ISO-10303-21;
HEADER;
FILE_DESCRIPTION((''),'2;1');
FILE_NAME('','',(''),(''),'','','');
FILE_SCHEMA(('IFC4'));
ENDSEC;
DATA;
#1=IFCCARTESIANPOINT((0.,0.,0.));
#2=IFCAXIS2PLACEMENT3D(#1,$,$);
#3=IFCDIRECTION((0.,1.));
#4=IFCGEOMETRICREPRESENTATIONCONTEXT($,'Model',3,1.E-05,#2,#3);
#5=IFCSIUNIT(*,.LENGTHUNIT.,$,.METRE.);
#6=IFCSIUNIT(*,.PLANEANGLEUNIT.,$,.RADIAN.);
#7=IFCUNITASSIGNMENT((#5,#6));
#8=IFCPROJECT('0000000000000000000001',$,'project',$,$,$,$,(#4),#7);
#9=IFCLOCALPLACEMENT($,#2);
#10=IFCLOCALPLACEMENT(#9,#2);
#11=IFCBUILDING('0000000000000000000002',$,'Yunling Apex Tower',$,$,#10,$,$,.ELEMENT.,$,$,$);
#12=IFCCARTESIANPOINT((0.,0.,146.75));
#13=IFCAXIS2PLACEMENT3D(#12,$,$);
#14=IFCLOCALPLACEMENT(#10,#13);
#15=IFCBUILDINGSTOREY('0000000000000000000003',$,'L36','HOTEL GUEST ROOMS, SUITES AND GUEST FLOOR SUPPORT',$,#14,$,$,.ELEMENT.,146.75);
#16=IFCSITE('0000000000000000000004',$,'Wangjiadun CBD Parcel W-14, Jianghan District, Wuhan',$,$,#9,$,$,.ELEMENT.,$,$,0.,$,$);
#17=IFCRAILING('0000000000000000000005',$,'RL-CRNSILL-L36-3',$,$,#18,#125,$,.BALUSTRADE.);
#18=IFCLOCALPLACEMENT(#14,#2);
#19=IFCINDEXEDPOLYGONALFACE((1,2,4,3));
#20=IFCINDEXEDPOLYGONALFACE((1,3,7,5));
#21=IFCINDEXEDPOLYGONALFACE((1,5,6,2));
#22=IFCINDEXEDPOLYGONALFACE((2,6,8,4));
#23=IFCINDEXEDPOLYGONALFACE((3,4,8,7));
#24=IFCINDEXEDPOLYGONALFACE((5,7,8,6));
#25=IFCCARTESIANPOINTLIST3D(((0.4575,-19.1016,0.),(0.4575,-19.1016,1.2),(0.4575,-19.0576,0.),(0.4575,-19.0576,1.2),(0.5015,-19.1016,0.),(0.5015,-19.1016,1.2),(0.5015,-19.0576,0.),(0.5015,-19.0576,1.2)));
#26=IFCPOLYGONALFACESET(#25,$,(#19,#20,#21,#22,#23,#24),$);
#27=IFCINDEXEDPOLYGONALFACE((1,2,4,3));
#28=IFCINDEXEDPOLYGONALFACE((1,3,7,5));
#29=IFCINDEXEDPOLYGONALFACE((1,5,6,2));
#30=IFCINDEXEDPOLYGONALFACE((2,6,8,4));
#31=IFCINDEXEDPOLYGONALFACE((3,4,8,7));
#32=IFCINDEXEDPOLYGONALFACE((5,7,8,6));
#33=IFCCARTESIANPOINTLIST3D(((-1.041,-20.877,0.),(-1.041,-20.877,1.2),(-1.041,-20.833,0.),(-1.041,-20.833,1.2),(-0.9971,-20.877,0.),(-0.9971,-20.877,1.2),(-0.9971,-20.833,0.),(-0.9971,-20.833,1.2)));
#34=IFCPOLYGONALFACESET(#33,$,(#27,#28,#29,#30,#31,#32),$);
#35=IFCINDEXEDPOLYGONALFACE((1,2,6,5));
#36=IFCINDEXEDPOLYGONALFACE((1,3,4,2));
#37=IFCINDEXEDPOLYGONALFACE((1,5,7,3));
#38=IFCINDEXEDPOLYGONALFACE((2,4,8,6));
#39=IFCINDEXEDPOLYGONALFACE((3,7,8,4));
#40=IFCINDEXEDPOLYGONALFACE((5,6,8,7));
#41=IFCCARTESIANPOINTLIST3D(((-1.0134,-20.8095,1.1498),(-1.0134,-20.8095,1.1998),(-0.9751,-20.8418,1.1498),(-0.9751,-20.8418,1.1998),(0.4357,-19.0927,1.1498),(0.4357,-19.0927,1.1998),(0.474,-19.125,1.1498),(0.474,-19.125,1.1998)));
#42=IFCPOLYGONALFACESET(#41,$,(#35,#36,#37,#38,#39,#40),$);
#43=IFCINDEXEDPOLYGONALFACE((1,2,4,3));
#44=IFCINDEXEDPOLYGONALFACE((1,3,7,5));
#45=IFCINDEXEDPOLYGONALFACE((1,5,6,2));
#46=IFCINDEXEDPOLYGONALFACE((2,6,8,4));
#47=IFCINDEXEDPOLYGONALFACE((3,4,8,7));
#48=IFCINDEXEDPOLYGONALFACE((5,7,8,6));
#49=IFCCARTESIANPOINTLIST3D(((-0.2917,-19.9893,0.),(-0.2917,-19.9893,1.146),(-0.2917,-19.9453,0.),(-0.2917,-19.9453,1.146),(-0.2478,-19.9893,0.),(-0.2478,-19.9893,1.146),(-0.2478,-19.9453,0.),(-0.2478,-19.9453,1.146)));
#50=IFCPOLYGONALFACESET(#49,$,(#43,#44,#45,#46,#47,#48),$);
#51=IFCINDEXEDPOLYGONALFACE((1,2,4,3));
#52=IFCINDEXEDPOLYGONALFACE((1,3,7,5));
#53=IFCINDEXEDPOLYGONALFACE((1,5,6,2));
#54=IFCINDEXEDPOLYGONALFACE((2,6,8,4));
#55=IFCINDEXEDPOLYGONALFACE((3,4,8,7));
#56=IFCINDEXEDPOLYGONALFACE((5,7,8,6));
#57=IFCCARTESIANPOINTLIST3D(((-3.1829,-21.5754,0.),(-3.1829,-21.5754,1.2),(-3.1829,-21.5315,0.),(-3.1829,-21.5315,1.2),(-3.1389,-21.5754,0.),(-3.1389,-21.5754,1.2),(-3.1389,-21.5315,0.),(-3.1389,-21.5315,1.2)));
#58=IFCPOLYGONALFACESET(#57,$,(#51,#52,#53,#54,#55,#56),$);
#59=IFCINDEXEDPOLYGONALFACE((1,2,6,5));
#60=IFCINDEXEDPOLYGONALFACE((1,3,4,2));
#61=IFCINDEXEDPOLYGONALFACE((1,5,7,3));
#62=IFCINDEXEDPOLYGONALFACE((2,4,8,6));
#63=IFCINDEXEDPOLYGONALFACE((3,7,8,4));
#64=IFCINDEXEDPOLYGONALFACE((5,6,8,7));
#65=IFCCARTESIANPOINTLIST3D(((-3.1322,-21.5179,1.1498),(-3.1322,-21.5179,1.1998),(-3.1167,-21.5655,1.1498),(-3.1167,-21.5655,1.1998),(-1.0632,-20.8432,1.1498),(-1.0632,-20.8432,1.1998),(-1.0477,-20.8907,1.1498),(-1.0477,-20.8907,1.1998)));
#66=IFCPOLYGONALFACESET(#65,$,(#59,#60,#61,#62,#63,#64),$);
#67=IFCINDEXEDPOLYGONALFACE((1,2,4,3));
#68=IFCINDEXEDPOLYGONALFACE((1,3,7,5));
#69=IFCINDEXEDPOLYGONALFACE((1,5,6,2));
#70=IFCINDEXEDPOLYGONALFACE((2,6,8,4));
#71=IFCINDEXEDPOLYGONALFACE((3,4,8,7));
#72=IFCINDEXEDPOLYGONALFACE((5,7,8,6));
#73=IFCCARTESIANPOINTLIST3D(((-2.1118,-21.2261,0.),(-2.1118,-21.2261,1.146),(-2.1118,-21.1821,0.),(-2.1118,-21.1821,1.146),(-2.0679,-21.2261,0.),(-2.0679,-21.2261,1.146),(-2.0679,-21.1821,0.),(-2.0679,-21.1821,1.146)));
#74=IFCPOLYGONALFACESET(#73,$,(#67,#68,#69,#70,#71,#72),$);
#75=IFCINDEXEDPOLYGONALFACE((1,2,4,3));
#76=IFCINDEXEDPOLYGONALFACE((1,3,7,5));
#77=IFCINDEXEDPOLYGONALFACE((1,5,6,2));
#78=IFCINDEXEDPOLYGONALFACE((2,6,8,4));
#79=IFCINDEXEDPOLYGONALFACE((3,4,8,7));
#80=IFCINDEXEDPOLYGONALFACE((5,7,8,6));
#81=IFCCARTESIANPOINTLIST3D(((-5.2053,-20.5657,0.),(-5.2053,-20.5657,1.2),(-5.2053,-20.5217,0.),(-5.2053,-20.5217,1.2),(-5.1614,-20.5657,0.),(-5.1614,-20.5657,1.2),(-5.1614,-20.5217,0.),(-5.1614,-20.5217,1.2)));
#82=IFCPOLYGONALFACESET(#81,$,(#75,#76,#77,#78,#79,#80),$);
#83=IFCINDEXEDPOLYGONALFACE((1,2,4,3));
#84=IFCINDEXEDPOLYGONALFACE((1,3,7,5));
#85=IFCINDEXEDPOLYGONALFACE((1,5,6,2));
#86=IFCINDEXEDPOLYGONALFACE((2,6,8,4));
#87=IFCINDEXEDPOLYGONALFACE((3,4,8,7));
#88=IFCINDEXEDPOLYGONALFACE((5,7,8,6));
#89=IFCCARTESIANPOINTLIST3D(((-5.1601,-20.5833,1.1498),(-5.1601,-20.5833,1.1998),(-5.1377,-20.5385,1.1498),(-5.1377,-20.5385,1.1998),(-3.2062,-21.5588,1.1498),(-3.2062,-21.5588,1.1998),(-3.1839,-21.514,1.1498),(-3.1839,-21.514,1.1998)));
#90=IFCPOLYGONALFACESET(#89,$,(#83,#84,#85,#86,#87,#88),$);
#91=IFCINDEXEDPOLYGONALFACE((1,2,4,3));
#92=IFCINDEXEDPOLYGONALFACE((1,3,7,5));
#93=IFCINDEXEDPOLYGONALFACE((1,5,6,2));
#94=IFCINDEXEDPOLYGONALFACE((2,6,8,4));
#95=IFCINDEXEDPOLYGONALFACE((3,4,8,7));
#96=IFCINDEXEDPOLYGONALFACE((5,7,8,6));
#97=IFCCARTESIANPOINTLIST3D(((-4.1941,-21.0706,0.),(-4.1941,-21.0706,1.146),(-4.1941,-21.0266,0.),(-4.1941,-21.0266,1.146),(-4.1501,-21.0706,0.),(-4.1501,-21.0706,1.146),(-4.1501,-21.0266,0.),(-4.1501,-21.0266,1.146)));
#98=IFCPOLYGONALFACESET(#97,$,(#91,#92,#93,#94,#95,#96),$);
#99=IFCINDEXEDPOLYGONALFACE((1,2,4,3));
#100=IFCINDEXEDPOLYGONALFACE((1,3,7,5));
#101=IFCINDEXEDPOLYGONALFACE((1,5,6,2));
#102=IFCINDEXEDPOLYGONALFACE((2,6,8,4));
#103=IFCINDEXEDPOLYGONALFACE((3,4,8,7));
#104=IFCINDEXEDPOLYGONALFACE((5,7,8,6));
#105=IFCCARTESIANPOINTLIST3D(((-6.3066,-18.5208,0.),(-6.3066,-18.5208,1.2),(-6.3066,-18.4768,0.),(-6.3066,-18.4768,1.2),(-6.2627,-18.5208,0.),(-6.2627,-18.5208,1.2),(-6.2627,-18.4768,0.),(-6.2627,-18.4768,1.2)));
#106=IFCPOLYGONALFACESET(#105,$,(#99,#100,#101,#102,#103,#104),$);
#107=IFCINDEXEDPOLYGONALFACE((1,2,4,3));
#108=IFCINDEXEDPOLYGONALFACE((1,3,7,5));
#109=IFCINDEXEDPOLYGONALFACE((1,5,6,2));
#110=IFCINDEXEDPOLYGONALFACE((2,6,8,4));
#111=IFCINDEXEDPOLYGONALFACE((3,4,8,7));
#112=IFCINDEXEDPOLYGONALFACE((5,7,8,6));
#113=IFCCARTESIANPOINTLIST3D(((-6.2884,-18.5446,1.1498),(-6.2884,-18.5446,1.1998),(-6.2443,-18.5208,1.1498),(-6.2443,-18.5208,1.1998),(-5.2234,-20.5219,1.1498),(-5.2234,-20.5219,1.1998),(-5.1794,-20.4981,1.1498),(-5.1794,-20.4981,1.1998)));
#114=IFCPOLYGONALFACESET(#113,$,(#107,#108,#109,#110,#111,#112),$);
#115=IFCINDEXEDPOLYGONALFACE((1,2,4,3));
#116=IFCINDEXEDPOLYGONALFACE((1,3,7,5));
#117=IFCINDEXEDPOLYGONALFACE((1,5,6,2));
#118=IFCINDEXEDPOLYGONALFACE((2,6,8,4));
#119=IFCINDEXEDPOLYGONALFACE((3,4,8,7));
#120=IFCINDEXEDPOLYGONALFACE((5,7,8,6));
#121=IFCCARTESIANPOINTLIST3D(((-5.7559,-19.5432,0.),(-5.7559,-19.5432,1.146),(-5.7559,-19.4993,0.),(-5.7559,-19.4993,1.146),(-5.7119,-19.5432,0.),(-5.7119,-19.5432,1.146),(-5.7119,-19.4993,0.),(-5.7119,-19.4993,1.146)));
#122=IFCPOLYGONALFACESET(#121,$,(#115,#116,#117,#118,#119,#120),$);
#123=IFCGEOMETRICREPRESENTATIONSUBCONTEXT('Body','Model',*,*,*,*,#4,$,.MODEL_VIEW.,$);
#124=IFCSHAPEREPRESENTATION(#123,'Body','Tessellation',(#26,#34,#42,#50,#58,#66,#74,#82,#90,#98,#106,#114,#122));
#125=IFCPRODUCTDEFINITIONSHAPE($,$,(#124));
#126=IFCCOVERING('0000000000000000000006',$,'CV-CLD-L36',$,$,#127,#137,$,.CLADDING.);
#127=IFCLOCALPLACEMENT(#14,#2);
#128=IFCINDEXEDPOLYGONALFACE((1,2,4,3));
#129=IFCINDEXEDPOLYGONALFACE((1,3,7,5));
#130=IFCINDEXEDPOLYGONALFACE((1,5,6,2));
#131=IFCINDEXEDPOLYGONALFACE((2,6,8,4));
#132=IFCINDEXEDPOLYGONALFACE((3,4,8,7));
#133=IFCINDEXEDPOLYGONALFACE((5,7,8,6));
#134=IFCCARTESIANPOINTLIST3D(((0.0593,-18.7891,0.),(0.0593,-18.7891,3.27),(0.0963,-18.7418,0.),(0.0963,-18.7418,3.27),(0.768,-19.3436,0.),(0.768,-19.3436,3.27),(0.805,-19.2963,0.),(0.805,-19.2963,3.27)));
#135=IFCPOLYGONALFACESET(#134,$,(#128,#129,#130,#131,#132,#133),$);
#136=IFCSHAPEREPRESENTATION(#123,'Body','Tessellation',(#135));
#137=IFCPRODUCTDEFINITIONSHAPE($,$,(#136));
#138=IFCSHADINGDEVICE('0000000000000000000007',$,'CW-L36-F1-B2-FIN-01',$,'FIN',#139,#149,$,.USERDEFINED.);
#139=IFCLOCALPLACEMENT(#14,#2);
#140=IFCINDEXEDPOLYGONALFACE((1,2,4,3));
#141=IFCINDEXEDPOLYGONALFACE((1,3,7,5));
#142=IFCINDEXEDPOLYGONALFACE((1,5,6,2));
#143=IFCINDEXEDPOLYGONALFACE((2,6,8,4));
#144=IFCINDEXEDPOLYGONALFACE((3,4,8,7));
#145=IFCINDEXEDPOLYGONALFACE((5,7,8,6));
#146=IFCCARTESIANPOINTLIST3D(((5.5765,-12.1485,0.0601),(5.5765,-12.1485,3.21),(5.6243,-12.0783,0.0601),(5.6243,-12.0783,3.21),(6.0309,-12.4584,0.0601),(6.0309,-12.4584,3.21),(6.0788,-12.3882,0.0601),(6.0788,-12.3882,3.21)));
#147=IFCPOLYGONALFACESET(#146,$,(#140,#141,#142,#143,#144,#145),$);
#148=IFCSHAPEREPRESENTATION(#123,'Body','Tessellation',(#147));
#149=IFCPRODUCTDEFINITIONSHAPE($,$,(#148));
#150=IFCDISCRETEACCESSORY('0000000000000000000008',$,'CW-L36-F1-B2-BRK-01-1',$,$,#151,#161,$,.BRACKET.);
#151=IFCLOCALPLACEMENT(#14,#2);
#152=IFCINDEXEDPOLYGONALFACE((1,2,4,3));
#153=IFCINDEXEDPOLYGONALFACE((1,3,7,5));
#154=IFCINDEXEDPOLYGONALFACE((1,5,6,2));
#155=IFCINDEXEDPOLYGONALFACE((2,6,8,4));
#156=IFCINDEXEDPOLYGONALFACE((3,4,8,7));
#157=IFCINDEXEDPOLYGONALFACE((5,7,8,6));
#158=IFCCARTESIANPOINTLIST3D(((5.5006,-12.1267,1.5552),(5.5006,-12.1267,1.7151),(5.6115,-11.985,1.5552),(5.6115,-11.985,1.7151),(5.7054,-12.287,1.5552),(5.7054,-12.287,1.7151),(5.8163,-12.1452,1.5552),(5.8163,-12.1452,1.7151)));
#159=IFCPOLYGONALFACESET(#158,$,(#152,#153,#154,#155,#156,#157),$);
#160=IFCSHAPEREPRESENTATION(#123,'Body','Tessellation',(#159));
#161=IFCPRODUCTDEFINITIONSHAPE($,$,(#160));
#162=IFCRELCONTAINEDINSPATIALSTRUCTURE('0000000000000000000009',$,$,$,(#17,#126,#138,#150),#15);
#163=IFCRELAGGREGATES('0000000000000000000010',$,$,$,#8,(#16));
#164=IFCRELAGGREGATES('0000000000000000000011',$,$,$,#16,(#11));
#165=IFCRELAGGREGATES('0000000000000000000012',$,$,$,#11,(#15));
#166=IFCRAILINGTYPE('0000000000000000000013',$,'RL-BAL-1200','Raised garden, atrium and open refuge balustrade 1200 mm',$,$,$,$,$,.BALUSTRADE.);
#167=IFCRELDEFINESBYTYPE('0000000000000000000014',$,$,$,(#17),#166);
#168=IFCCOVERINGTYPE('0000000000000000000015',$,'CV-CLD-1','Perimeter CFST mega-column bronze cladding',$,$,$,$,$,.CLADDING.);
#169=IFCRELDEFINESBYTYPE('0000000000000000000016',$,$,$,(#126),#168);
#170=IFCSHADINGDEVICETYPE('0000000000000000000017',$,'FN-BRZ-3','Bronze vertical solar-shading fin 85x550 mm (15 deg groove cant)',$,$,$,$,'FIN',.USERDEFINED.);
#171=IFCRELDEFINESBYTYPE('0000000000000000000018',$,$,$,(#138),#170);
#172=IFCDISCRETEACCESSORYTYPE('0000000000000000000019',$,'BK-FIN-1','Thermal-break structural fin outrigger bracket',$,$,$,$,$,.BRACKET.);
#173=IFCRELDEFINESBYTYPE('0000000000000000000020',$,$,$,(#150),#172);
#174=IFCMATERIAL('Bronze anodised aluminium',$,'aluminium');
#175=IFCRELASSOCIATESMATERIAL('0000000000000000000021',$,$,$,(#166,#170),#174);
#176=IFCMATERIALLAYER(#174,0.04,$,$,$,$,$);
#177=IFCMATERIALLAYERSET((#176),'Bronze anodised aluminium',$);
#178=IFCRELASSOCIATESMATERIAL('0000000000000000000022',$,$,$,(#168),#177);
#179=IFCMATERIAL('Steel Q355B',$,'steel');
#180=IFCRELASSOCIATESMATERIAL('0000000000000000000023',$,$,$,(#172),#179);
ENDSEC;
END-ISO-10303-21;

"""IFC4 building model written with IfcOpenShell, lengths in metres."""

from ifc_helpers import new_model, si_unit, direction, frame, origin, origin_2d, place, context, subcontext, project, spatial, rectangle, extrude, source, transform, mapped, material, layer, layer_set, material_profile, profile_set, type_object, element, save


model = new_model("IFC4")

# Units and contexts
model_context = context("Model", 3, precision=1e-05, world=origin(), true_north=direction((0.0, 1.0)))
body_context = subcontext(model_context, "Body", "Model", "MODEL_VIEW")
ifc_project = project(units=[si_unit("LENGTHUNIT", "METRE"), si_unit("PLANEANGLEUNIT", "RADIAN")], contexts=[model_context])

# Site, building, storey
site_placement = place(None, origin())
site = spatial("IfcSite", under=ifc_project, at=site_placement, Name="Wangjiadun CBD Parcel W-14, Jianghan District, Wuhan", CompositionType="ELEMENT", RefElevation=0.0)
building_placement = place(site_placement, origin())
building = spatial("IfcBuilding", under=site, at=building_placement, Name="Yunling Apex Tower", CompositionType="ELEMENT")
storey_placement = place(building_placement, frame((0.0, 0.0, 146.75)))
storey = spatial("IfcBuildingStorey", under=building, at=storey_placement, Name="L36", Description="HOTEL GUEST ROOMS, SUITES AND GUEST FLOOR SUPPORT", CompositionType="ELEMENT", Elevation=146.75)

# Shared definitions
ifc_material_1 = material(Name="Steel Q355B", Category="steel")

# Shared definitions
ifc_material_2 = material(Name="Bronze anodised aluminium", Category="aluminium")

# Railing
railing_type = type_object("IfcRailingType", Name="RL-BAL-1200", Description="Raised garden, atrium and open refuge balustrade 1200 mm", PredefinedType="BALUSTRADE", material=ifc_material_2)
railing_placement = place(storey_placement, frame((0.4795, -19.0796, 0.0)))
element("IfcRailing", 1, at=railing_placement, inside=storey, type_object=railing_type, Name="RL-CRNSILL-L36-3", PredefinedType="BALUSTRADE", context=body_context, shape_type="SweptSolid", body=[
    extrude(rectangle(XDim=0.0439, YDim=0.0439, at=origin_2d()), origin(), (0.0, 0.0, 1.0), 1.2),
    extrude(rectangle(XDim=0.0439, YDim=0.0439, at=origin_2d()), frame((-1.4985, -1.7754, 0.0)), (0.0, 0.0, 1.0), 1.2),
    extrude(rectangle(XDim=0.05, YDim=0.05, at=origin_2d()), frame((-0.0247, -0.0293, 1.1748), z_axis=(-0.645009, -0.764175, 0.0), x_axis=(0.764175, -0.645009, 0.0)), (0.0, 0.0, 1.0), 2.2466),
    extrude(rectangle(XDim=0.0439, YDim=0.0439, at=origin_2d()), frame((-0.7493, -0.8877, 0.0)), (0.0, 0.0, 1.0), 1.146),
    extrude(rectangle(XDim=0.0439, YDim=0.0439, at=origin_2d()), frame((-3.6404, -2.4739, 0.0)), (0.0, 0.0, 1.0), 1.2),
    extrude(rectangle(XDim=0.05, YDim=0.05, at=origin_2d()), frame((-1.5349, -1.7874, 1.1748), z_axis=(-0.950722, -0.310044, 0.0), x_axis=(0.310044, -0.950722, 0.0)), (0.0, 0.0, 1.0), 2.1763),
    extrude(rectangle(XDim=0.0439, YDim=0.0439, at=origin_2d()), frame((-2.5693, -2.1245, 0.0)), (0.0, 0.0, 1.0), 1.146),
    extrude(rectangle(XDim=0.0439, YDim=0.0439, at=origin_2d()), frame((-5.6628, -1.4641, 0.0)), (0.0, 0.0, 1.0), 1.2),
    extrude(rectangle(XDim=0.05, YDim=0.05, at=origin_2d()), frame((-3.6746, -2.4568, 1.1748), z_axis=(-0.894686, 0.446695, 0.0), x_axis=(-0.446695, -0.894686, 0.0)), (0.0, 0.0, 1.0), 2.1838),
    extrude(rectangle(XDim=0.0439, YDim=0.0439, at=origin_2d()), frame((-4.6516, -1.969, 0.0)), (0.0, 0.0, 1.0), 1.146),
    extrude(rectangle(XDim=0.0439, YDim=0.0439, at=origin_2d()), frame((-6.7642, 0.5808, 0.0)), (0.0, 0.0, 1.0), 1.2),
    extrude(rectangle(XDim=0.05, YDim=0.05, at=origin_2d()), frame((-5.6809, -1.4304, 1.1748), z_axis=(-0.474169, 0.880434, 0.0), x_axis=(-0.880434, -0.474169, 0.0)), (0.0, 0.0, 1.0), 2.2458),
    extrude(rectangle(XDim=0.0439, YDim=0.0439, at=origin_2d()), frame((-6.2134, -0.4417, 0.0)), (0.0, 0.0, 1.0), 1.146),
])

# Covering
ifc_layer_1 = layer(ifc_material_2, 0.04)
ifc_layer_set_1 = layer_set([ifc_layer_1], Name="Bronze anodised aluminium")
covering_type = type_object("IfcCoveringType", Name="CV-CLD-1", Description="Perimeter CFST mega-column bronze cladding", PredefinedType="CLADDING", material=ifc_layer_set_1)
shared_shape_1 = source(origin(), body_context, "Body", "SweptSolid", [
    extrude(rectangle(XDim=0.0601, YDim=0.8999, at=origin_2d()), origin(), (0.0, 0.0, 1.0), 3.27),
])
covering_placement = place(storey_placement, frame((0.4321, -19.0427, 0.0), z_axis=(0.0, 0.0, 1.0), x_axis=(0.616211, 0.787581, 0.0)))
element("IfcCovering", 2, at=covering_placement, inside=storey, type_object=covering_type, Name="CV-CLD-L36", PredefinedType="CLADDING", context=body_context, shape_type="MappedRepresentation", body=[
    mapped(shared_shape_1, transform((0.0, 0.0, 0.0), scale=1.0)),
])

# Shading device
ifc_material_profile_1 = material_profile(ifc_material_2, rectangle(XDim=0.085, YDim=0.55, at=origin_2d()))
ifc_profile_set_1 = profile_set([ifc_material_profile_1], Name="Bronze anodised aluminium")
shading_device_type = type_object("IfcShadingDeviceType", Name="FN-BRZ-3", Description="Bronze vertical solar-shading fin 85x550 mm (15 deg groove cant)", ElementType="FIN", PredefinedType="USERDEFINED", material=ifc_profile_set_1)
shared_shape_2 = source(origin(), body_context, "Body", "SweptSolid", [
    extrude(rectangle(XDim=0.085, YDim=0.55, at=origin_2d()), origin(), (0.0, 0.0, 1.0), 3.1499),
])
shading_device_placement = place(storey_placement, frame((5.8276, -12.2683, 0.0601), z_axis=(0.0, 0.0, 1.0), x_axis=(0.563382, 0.826197, 0.0)))
element("IfcShadingDevice", 3, at=shading_device_placement, inside=storey, type_object=shading_device_type, Name="CW-L36-F1-B2-FIN-01", ObjectType="FIN", PredefinedType="USERDEFINED", context=body_context, shape_type="MappedRepresentation", body=[
    mapped(shared_shape_2, transform((0.0, 0.0, 0.0), scale=1.0)),
])

# Discrete accessory
discrete_accessory_type = type_object("IfcDiscreteAccessoryType", Name="BK-FIN-1", Description="Thermal-break structural fin outrigger bracket", PredefinedType="BRACKET", material=ifc_material_1)
shared_shape_3 = source(origin(), body_context, "Body", "SweptSolid", [
    extrude(rectangle(XDim=0.1799, YDim=0.26, at=origin_2d()), origin(), (0.0, 0.0, 1.0), 0.1599),
])
discrete_accessory_placement = place(storey_placement, frame((5.6584, -12.136, 1.5552), z_axis=(0.0, 0.0, 1.0), x_axis=(0.616211, 0.787581, 0.0)))
element("IfcDiscreteAccessory", 4, at=discrete_accessory_placement, inside=storey, type_object=discrete_accessory_type, Name="CW-L36-F1-B2-BRK-01-1", PredefinedType="BRACKET", context=body_context, shape_type="MappedRepresentation", body=[
    mapped(shared_shape_3, transform((0.0, 0.0, 0.0), scale=1.0)),
])

save(model, "model.ifc")
